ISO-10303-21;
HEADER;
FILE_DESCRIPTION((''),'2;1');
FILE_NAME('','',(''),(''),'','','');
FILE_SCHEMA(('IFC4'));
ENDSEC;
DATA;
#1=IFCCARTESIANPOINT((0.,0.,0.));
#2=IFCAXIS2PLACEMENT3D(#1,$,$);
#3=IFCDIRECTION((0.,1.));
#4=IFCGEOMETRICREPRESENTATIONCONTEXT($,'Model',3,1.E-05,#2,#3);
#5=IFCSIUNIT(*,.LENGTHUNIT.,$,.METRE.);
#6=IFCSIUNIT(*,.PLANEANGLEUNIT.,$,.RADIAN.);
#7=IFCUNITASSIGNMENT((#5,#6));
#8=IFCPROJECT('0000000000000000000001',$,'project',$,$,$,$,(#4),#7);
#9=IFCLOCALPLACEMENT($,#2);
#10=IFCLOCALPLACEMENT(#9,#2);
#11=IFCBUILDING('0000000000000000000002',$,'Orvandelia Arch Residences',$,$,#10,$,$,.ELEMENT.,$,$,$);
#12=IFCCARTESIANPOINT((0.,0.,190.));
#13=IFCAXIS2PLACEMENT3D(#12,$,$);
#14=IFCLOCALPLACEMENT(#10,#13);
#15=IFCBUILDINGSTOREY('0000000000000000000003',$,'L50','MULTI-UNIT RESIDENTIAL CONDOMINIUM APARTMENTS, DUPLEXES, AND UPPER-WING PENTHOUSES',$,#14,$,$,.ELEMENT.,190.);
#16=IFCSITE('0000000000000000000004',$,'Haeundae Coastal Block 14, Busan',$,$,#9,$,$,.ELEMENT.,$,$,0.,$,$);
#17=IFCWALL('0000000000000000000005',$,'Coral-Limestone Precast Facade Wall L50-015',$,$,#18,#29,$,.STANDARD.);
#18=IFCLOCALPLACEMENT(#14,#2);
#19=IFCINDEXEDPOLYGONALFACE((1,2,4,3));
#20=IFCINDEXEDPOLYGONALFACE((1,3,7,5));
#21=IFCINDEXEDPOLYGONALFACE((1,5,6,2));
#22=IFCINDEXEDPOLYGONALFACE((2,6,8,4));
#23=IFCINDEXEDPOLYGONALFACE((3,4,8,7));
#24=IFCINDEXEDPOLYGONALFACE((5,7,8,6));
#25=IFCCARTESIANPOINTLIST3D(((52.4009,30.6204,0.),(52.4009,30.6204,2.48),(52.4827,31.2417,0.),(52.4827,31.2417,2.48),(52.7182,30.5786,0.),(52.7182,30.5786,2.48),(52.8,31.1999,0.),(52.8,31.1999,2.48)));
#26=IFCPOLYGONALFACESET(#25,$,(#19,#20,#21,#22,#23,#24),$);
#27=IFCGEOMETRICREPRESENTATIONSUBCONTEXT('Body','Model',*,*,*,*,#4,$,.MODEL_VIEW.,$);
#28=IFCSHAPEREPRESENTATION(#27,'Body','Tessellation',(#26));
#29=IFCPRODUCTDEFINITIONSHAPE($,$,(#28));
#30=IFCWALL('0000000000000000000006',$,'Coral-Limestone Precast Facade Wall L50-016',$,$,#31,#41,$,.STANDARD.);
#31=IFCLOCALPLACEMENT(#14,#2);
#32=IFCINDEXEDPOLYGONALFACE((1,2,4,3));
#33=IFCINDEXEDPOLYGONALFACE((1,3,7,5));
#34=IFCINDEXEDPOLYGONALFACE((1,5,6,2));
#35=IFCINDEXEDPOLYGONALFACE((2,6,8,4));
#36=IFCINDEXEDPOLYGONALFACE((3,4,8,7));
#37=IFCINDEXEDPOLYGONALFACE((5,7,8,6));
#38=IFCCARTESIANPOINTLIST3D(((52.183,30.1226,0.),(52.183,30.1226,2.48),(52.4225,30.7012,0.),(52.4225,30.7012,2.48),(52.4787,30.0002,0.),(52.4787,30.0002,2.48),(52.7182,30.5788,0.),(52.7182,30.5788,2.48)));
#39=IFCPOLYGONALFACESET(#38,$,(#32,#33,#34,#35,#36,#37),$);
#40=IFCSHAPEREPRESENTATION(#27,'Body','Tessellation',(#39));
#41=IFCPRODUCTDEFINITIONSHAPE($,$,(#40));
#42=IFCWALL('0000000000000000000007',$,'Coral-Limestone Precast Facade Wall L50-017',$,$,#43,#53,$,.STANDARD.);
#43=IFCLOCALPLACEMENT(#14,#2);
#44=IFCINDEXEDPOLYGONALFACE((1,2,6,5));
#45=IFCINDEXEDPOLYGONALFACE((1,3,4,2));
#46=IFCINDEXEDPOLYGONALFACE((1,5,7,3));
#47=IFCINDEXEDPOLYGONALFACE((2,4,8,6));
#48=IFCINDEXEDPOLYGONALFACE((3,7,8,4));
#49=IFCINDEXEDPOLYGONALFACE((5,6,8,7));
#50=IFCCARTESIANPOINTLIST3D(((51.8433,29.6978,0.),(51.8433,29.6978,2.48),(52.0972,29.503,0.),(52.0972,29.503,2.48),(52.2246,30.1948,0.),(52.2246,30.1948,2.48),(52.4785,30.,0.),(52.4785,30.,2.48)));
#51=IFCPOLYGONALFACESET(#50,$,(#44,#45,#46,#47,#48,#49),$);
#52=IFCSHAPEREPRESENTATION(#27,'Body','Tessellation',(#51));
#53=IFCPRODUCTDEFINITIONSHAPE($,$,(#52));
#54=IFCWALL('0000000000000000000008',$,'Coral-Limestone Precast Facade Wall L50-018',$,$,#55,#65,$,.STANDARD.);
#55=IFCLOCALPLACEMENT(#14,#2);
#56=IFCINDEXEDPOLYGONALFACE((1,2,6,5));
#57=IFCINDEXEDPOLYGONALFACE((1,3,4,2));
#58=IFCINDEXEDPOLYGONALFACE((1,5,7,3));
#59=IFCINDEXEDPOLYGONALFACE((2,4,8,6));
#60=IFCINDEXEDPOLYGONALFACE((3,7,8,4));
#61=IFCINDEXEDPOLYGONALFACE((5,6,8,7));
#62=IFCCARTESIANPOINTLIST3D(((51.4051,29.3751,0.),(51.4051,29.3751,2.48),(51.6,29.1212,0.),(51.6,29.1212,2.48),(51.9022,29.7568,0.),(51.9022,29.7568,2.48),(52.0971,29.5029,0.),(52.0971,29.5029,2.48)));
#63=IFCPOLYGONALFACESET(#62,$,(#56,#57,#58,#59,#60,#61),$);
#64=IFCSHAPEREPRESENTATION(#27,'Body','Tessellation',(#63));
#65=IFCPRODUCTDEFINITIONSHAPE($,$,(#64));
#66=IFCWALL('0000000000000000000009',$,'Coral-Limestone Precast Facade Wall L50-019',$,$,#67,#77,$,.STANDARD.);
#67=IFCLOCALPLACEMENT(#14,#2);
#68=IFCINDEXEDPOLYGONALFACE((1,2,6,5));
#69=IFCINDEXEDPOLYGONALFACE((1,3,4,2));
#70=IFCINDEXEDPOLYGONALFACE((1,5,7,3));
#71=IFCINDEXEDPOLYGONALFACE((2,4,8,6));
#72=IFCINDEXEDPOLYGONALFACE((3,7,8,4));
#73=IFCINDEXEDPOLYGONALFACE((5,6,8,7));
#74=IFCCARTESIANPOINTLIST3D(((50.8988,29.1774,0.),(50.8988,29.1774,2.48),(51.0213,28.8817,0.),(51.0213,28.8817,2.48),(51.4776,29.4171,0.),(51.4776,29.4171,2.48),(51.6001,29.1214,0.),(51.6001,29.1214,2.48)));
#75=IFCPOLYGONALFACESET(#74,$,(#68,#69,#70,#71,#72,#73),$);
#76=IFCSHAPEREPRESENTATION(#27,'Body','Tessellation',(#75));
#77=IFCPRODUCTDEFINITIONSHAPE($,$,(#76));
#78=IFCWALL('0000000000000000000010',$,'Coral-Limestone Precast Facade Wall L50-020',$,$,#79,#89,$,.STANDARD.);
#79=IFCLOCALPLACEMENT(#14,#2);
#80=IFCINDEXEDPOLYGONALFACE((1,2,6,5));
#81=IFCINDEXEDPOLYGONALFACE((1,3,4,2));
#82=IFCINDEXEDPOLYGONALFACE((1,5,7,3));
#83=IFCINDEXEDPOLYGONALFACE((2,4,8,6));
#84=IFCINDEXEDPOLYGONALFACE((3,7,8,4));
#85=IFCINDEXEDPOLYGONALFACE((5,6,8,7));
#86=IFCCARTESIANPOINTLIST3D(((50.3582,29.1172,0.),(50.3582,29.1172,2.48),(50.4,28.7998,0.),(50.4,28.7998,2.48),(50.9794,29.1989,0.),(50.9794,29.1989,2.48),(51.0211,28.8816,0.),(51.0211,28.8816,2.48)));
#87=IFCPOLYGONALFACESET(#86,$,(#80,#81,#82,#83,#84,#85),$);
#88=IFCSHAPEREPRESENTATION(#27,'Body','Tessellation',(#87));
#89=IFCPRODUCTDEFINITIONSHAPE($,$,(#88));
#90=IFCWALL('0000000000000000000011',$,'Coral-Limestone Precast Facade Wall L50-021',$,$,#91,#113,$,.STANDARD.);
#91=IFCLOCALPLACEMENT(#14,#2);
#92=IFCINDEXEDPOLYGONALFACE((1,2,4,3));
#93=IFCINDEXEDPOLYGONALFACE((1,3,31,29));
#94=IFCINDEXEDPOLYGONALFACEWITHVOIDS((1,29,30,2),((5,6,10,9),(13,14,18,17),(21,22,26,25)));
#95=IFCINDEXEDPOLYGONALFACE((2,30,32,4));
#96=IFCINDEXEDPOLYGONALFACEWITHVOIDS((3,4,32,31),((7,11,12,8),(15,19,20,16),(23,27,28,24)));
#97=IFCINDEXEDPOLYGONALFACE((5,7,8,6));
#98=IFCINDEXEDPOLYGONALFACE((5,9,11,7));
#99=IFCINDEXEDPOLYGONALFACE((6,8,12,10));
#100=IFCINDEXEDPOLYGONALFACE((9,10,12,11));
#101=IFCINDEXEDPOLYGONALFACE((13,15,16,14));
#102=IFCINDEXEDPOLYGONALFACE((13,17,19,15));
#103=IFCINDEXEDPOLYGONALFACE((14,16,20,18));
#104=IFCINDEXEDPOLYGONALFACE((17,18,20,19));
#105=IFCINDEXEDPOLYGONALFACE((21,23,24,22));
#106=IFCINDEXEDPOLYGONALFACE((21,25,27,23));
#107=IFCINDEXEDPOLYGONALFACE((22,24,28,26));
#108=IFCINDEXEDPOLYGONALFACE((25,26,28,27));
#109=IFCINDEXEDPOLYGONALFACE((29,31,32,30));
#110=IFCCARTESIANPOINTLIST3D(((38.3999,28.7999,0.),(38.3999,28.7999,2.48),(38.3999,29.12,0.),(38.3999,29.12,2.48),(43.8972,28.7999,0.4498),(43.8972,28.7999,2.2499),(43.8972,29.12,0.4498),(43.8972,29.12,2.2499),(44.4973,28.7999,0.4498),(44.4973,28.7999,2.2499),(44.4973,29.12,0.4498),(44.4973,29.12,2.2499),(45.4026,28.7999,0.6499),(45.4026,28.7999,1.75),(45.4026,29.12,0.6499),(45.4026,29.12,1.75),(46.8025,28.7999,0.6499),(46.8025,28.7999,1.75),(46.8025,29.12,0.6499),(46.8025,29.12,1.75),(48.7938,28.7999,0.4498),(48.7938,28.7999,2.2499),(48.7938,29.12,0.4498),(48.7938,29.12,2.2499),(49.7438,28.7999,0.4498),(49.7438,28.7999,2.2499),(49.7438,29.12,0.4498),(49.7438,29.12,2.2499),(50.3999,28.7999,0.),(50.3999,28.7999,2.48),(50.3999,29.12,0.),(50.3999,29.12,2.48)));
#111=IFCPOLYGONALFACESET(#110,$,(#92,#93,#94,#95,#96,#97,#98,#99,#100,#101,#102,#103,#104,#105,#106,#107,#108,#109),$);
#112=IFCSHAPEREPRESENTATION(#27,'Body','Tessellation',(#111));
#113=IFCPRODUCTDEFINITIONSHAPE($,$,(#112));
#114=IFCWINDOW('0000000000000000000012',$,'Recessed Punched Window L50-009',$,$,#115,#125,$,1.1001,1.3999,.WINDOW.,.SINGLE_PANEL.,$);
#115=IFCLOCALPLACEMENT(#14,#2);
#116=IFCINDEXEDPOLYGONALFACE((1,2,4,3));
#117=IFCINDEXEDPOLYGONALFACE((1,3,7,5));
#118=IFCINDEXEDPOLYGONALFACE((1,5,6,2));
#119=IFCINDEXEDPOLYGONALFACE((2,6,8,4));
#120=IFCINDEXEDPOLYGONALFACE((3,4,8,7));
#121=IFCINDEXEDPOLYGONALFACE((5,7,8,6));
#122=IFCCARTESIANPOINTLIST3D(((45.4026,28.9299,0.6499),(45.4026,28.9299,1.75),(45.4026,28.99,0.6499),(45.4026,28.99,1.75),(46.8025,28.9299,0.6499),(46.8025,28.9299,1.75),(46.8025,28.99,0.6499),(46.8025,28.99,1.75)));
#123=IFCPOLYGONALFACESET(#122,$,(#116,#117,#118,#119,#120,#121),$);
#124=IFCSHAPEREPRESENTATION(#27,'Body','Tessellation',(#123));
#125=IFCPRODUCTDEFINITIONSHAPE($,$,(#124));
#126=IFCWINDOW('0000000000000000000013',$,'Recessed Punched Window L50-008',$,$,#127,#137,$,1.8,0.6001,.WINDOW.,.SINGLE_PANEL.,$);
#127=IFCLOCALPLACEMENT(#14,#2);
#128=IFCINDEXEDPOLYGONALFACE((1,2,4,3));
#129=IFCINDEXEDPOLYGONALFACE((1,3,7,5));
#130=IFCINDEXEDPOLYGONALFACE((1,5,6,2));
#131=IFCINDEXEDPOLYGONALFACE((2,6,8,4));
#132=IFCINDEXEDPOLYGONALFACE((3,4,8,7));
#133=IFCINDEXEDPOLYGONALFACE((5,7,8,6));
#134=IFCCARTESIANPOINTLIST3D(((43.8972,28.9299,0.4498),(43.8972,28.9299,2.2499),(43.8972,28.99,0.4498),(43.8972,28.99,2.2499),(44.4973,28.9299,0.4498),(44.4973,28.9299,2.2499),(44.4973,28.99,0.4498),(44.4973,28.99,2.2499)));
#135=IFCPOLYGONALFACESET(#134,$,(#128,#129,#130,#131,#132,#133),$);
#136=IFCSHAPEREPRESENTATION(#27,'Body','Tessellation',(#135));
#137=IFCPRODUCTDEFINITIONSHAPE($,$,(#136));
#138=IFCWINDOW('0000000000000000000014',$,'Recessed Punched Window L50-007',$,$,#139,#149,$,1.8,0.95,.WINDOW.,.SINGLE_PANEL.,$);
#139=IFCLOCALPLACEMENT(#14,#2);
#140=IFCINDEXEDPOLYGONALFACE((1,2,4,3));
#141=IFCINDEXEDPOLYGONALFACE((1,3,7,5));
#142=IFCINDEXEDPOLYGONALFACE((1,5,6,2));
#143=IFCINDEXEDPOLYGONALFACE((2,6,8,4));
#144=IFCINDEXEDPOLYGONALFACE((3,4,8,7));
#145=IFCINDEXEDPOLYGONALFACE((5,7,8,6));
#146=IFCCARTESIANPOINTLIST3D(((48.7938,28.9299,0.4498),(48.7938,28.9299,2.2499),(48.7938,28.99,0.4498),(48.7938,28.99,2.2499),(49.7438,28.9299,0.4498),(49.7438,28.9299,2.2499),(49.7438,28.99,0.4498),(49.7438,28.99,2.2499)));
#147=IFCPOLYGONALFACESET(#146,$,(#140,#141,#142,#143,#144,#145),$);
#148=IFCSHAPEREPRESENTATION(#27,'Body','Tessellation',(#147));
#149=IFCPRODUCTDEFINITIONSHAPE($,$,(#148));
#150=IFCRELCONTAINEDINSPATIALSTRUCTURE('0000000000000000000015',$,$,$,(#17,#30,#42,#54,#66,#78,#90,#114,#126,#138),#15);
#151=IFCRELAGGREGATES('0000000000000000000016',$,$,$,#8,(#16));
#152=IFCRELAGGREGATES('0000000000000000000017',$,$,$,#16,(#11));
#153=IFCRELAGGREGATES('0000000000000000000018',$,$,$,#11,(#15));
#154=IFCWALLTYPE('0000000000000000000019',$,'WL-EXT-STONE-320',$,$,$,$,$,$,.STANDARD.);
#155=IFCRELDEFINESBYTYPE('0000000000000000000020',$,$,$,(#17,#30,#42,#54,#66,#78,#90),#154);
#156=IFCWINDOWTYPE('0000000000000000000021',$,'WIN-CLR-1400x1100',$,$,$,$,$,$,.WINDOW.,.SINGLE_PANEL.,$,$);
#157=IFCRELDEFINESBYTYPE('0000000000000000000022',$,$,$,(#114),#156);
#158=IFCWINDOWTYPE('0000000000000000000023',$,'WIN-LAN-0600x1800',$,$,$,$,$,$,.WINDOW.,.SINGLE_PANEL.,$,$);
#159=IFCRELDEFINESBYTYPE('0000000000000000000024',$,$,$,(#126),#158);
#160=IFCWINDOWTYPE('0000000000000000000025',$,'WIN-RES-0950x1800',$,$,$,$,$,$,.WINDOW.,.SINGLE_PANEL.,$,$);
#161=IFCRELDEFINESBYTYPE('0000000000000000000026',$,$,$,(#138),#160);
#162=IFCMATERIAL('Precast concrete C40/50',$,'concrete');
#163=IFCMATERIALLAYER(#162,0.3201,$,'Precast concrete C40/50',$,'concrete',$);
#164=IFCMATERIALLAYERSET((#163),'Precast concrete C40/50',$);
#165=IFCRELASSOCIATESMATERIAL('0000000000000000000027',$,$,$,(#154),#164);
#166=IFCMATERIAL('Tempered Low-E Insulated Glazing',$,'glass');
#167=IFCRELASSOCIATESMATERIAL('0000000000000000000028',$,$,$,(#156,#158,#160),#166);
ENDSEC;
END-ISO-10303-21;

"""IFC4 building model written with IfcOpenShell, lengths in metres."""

from ifc_helpers import new_model, si_unit, direction, frame, frame_2d, origin, place, context, subcontext, project, spatial, rectangle, extrude, material, layer, layer_set, type_object, element, fill, save


model = new_model("IFC4")

# Units and contexts
model_context = context("Model", 3, precision=1e-05, world=origin(), true_north=direction((0.0, 1.0)))
body_context = subcontext(model_context, "Body", "Model", "MODEL_VIEW")
ifc_project = project(units=[si_unit("LENGTHUNIT", "METRE"), si_unit("PLANEANGLEUNIT", "RADIAN")], contexts=[model_context])

# Site, building, storey
site_placement = place(None, origin())
site = spatial("IfcSite", under=ifc_project, at=site_placement, Name="Haeundae Coastal Block 14, Busan", CompositionType="ELEMENT", RefElevation=0.0)
building_placement = place(site_placement, origin())
building = spatial("IfcBuilding", under=site, at=building_placement, Name="Orvandelia Arch Residences", CompositionType="ELEMENT")
storey_placement = place(building_placement, frame((0.0, 0.0, 190.0)))
storey = spatial("IfcBuildingStorey", under=building, at=storey_placement, Name="L50", Description="MULTI-UNIT RESIDENTIAL CONDOMINIUM APARTMENTS, DUPLEXES, AND UPPER-WING PENTHOUSES", CompositionType="ELEMENT", Elevation=190.0)

# Walls
ifc_material_1 = material(Name="Precast concrete C40/50", Category="concrete")
ifc_layer_1 = layer(ifc_material_1, 0.3201, Name="Precast concrete C40/50", Category="concrete")
ifc_layer_set_1 = layer_set([ifc_layer_1], Name="Precast concrete C40/50")
wall_type_1 = type_object("IfcWallType", Name="WL-EXT-STONE-320", PredefinedType="STANDARD", material=ifc_layer_set_1)
wall_1_placement = place(storey_placement, frame((52.6414, 31.2209, 0.0), z_axis=(0.0, 0.0, 1.0), x_axis=(-0.130505, -0.991448, 0.0)))
element("IfcWall", 1, at=wall_1_placement, inside=storey, type_object=wall_type_1, Name="Coral-Limestone Precast Facade Wall L50-015", PredefinedType="STANDARD", context=body_context, shape_type="SweptSolid", body=[
    extrude(rectangle(XDim=0.6267, YDim=0.3201, at=frame_2d((0.3135, 0.0))), origin(), (0.0, 0.0, 1.0), 2.48),
])
wall_2_placement = place(storey_placement, frame((52.5703, 30.6399, 0.0), z_axis=(0.0, 0.0, 1.0), x_axis=(-0.382455, -0.923974, 0.0)))
element("IfcWall", 2, at=wall_2_placement, inside=storey, type_object=wall_type_1, Name="Coral-Limestone Precast Facade Wall L50-016", PredefinedType="STANDARD", context=body_context, shape_type="SweptSolid", body=[
    extrude(rectangle(XDim=0.6262, YDim=0.3201, at=frame_2d((0.313, 0.0))), origin(), (0.0, 0.0, 1.0), 2.48),
])
wall_3_placement = place(storey_placement, frame((52.3516, 30.0974, 0.0), z_axis=(0.0, 0.0, 1.0), x_axis=(-0.608693, -0.793406, 0.0)))
element("IfcWall", 3, at=wall_3_placement, inside=storey, type_object=wall_type_1, Name="Coral-Limestone Precast Facade Wall L50-017", PredefinedType="STANDARD", context=body_context, shape_type="SweptSolid", body=[
    extrude(rectangle(XDim=0.6265, YDim=0.3201, at=frame_2d((0.3132, 0.0))), origin(), (0.0, 0.0, 1.0), 2.48),
])
wall_4_placement = place(storey_placement, frame((51.9998, 29.6299, 0.0), z_axis=(0.0, 0.0, 1.0), x_axis=(-0.793217, -0.608939, 0.0)))
element("IfcWall", 4, at=wall_4_placement, inside=storey, type_object=wall_type_1, Name="Coral-Limestone Precast Facade Wall L50-018", PredefinedType="STANDARD", context=body_context, shape_type="SweptSolid", body=[
    extrude(rectangle(XDim=0.6267, YDim=0.3201, at=frame_2d((0.3135, 0.0))), origin(), (0.0, 0.0, 1.0), 2.48),
])
for number, where, z_axis, x_axis, name in (
    (5, (51.5388, 29.2693, 0.0), (0.0, 0.0, 1.0), (-0.923893, -0.38265, 0.0), "Coral-Limestone Precast Facade Wall L50-019"),
    (6, (51.0002, 29.0403, 0.0), (0.0, 0.0, 1.0), (-0.991441, -0.130555, 0.0), "Coral-Limestone Precast Facade Wall L50-020"),
):
    element("IfcWall", number, at=place(storey_placement, frame(where, z_axis=z_axis, x_axis=x_axis)), inside=storey, type_object=wall_type_1, Name=name, PredefinedType="STANDARD", context=body_context, shape_type="SweptSolid", body=[
        extrude(rectangle(XDim=0.6265, YDim=0.3201, at=frame_2d((0.3132, 0.0))), origin(), (0.0, 0.0, 1.0), 2.48),
    ])

# Wall, openings, windows
wall_5_placement = place(storey_placement, frame((50.3999, 28.96, 0.0), z_axis=(0.0, 0.0, 1.0), x_axis=(-1.0, 0.0, 0.0)))
wall_5 = element("IfcWall", 7, at=wall_5_placement, inside=storey, type_object=wall_type_1, Name="Coral-Limestone Precast Facade Wall L50-021", PredefinedType="STANDARD", context=body_context, shape_type="SweptSolid", body=[
    extrude(rectangle(XDim=12.0, YDim=0.3201, at=frame_2d((6.0, 0.0))), origin(), (0.0, 0.0, 1.0), 2.48),
])
opening_1_placement = place(wall_5_placement, frame((0.656, 0.0, 0.45)))
opening_1 = element("IfcOpeningElement", 8, at=opening_1_placement, cuts=wall_5, PredefinedType="OPENING", context=body_context, shape_type="SweptSolid", body=[
    extrude(rectangle(XDim=0.95, YDim=1.8, at=frame_2d((0.4751, 0.8999))), frame((0.0, 0.1699, 0.0), z_axis=(0.0, -1.0, 0.0), x_axis=(1.0, 0.0, 0.0)), (0.0, 0.0, 1.0), 0.3401),
])
opening_2_placement = place(wall_5_placement, frame((5.9026, 0.0, 0.45)))
opening_2 = element("IfcOpeningElement", 9, at=opening_2_placement, cuts=wall_5, PredefinedType="OPENING", context=body_context, shape_type="SweptSolid", body=[
    extrude(rectangle(XDim=0.6001, YDim=1.8, at=frame_2d((0.3, 0.8999))), frame((0.0, 0.1699, 0.0), z_axis=(0.0, -1.0, 0.0), x_axis=(1.0, 0.0, 0.0)), (0.0, 0.0, 1.0), 0.3401),
])
opening_3_placement = place(wall_5_placement, frame((3.5974, 0.0, 0.6499)))
opening_3 = element("IfcOpeningElement", 10, at=opening_3_placement, cuts=wall_5, PredefinedType="OPENING", context=body_context, shape_type="SweptSolid", body=[
    extrude(rectangle(XDim=1.3999, YDim=1.1001, at=frame_2d((0.7, 0.55))), frame((0.0, 0.1699, 0.0), z_axis=(0.0, -1.0, 0.0), x_axis=(1.0, 0.0, 0.0)), (0.0, 0.0, 1.0), 0.3401),
])
ifc_material_2 = material(Name="Tempered Low-E Insulated Glazing", Category="glass")
window_type_1 = type_object("IfcWindowType", Name="WIN-CLR-1400x1100", PartitioningType="SINGLE_PANEL", PredefinedType="WINDOW", material=ifc_material_2)
window_1_placement = place(opening_3_placement, origin())
window_1 = element("IfcWindow", 11, at=window_1_placement, inside=storey, type_object=window_type_1, Name="Recessed Punched Window L50-009", OverallHeight=1.1001, OverallWidth=1.3999, PartitioningType="SINGLE_PANEL", PredefinedType="WINDOW", context=body_context, shape_type="SweptSolid", body=[
    extrude(rectangle(XDim=1.3999, YDim=1.1001, at=frame_2d((0.7, 0.55))), frame((0.0, 0.03, 0.0), z_axis=(0.0, -1.0, 0.0), x_axis=(1.0, 0.0, 0.0)), (0.0, 0.0, 1.0), 0.0601),
])
fill(opening_3, window_1)
window_type_2 = type_object("IfcWindowType", Name="WIN-LAN-0600x1800", PartitioningType="SINGLE_PANEL", PredefinedType="WINDOW", material=ifc_material_2)
window_2_placement = place(opening_2_placement, origin())
window_2 = element("IfcWindow", 12, at=window_2_placement, inside=storey, type_object=window_type_2, Name="Recessed Punched Window L50-008", OverallHeight=1.8, OverallWidth=0.6001, PartitioningType="SINGLE_PANEL", PredefinedType="WINDOW", context=body_context, shape_type="SweptSolid", body=[
    extrude(rectangle(XDim=0.6001, YDim=1.8, at=frame_2d((0.3, 0.8999))), frame((0.0, 0.03, 0.0), z_axis=(0.0, -1.0, 0.0), x_axis=(1.0, 0.0, 0.0)), (0.0, 0.0, 1.0), 0.0601),
])
fill(opening_2, window_2)
window_type_3 = type_object("IfcWindowType", Name="WIN-RES-0950x1800", PartitioningType="SINGLE_PANEL", PredefinedType="WINDOW", material=ifc_material_2)
window_3_placement = place(opening_1_placement, origin())
window_3 = element("IfcWindow", 13, at=window_3_placement, inside=storey, type_object=window_type_3, Name="Recessed Punched Window L50-007", OverallHeight=1.8, OverallWidth=0.95, PartitioningType="SINGLE_PANEL", PredefinedType="WINDOW", context=body_context, shape_type="SweptSolid", body=[
    extrude(rectangle(XDim=0.95, YDim=1.8, at=frame_2d((0.4751, 0.8999))), frame((0.0, 0.03, 0.0), z_axis=(0.0, -1.0, 0.0), x_axis=(1.0, 0.0, 0.0)), (0.0, 0.0, 1.0), 0.0601),
])
fill(opening_1, window_3)

save(model, "model.ifc")
